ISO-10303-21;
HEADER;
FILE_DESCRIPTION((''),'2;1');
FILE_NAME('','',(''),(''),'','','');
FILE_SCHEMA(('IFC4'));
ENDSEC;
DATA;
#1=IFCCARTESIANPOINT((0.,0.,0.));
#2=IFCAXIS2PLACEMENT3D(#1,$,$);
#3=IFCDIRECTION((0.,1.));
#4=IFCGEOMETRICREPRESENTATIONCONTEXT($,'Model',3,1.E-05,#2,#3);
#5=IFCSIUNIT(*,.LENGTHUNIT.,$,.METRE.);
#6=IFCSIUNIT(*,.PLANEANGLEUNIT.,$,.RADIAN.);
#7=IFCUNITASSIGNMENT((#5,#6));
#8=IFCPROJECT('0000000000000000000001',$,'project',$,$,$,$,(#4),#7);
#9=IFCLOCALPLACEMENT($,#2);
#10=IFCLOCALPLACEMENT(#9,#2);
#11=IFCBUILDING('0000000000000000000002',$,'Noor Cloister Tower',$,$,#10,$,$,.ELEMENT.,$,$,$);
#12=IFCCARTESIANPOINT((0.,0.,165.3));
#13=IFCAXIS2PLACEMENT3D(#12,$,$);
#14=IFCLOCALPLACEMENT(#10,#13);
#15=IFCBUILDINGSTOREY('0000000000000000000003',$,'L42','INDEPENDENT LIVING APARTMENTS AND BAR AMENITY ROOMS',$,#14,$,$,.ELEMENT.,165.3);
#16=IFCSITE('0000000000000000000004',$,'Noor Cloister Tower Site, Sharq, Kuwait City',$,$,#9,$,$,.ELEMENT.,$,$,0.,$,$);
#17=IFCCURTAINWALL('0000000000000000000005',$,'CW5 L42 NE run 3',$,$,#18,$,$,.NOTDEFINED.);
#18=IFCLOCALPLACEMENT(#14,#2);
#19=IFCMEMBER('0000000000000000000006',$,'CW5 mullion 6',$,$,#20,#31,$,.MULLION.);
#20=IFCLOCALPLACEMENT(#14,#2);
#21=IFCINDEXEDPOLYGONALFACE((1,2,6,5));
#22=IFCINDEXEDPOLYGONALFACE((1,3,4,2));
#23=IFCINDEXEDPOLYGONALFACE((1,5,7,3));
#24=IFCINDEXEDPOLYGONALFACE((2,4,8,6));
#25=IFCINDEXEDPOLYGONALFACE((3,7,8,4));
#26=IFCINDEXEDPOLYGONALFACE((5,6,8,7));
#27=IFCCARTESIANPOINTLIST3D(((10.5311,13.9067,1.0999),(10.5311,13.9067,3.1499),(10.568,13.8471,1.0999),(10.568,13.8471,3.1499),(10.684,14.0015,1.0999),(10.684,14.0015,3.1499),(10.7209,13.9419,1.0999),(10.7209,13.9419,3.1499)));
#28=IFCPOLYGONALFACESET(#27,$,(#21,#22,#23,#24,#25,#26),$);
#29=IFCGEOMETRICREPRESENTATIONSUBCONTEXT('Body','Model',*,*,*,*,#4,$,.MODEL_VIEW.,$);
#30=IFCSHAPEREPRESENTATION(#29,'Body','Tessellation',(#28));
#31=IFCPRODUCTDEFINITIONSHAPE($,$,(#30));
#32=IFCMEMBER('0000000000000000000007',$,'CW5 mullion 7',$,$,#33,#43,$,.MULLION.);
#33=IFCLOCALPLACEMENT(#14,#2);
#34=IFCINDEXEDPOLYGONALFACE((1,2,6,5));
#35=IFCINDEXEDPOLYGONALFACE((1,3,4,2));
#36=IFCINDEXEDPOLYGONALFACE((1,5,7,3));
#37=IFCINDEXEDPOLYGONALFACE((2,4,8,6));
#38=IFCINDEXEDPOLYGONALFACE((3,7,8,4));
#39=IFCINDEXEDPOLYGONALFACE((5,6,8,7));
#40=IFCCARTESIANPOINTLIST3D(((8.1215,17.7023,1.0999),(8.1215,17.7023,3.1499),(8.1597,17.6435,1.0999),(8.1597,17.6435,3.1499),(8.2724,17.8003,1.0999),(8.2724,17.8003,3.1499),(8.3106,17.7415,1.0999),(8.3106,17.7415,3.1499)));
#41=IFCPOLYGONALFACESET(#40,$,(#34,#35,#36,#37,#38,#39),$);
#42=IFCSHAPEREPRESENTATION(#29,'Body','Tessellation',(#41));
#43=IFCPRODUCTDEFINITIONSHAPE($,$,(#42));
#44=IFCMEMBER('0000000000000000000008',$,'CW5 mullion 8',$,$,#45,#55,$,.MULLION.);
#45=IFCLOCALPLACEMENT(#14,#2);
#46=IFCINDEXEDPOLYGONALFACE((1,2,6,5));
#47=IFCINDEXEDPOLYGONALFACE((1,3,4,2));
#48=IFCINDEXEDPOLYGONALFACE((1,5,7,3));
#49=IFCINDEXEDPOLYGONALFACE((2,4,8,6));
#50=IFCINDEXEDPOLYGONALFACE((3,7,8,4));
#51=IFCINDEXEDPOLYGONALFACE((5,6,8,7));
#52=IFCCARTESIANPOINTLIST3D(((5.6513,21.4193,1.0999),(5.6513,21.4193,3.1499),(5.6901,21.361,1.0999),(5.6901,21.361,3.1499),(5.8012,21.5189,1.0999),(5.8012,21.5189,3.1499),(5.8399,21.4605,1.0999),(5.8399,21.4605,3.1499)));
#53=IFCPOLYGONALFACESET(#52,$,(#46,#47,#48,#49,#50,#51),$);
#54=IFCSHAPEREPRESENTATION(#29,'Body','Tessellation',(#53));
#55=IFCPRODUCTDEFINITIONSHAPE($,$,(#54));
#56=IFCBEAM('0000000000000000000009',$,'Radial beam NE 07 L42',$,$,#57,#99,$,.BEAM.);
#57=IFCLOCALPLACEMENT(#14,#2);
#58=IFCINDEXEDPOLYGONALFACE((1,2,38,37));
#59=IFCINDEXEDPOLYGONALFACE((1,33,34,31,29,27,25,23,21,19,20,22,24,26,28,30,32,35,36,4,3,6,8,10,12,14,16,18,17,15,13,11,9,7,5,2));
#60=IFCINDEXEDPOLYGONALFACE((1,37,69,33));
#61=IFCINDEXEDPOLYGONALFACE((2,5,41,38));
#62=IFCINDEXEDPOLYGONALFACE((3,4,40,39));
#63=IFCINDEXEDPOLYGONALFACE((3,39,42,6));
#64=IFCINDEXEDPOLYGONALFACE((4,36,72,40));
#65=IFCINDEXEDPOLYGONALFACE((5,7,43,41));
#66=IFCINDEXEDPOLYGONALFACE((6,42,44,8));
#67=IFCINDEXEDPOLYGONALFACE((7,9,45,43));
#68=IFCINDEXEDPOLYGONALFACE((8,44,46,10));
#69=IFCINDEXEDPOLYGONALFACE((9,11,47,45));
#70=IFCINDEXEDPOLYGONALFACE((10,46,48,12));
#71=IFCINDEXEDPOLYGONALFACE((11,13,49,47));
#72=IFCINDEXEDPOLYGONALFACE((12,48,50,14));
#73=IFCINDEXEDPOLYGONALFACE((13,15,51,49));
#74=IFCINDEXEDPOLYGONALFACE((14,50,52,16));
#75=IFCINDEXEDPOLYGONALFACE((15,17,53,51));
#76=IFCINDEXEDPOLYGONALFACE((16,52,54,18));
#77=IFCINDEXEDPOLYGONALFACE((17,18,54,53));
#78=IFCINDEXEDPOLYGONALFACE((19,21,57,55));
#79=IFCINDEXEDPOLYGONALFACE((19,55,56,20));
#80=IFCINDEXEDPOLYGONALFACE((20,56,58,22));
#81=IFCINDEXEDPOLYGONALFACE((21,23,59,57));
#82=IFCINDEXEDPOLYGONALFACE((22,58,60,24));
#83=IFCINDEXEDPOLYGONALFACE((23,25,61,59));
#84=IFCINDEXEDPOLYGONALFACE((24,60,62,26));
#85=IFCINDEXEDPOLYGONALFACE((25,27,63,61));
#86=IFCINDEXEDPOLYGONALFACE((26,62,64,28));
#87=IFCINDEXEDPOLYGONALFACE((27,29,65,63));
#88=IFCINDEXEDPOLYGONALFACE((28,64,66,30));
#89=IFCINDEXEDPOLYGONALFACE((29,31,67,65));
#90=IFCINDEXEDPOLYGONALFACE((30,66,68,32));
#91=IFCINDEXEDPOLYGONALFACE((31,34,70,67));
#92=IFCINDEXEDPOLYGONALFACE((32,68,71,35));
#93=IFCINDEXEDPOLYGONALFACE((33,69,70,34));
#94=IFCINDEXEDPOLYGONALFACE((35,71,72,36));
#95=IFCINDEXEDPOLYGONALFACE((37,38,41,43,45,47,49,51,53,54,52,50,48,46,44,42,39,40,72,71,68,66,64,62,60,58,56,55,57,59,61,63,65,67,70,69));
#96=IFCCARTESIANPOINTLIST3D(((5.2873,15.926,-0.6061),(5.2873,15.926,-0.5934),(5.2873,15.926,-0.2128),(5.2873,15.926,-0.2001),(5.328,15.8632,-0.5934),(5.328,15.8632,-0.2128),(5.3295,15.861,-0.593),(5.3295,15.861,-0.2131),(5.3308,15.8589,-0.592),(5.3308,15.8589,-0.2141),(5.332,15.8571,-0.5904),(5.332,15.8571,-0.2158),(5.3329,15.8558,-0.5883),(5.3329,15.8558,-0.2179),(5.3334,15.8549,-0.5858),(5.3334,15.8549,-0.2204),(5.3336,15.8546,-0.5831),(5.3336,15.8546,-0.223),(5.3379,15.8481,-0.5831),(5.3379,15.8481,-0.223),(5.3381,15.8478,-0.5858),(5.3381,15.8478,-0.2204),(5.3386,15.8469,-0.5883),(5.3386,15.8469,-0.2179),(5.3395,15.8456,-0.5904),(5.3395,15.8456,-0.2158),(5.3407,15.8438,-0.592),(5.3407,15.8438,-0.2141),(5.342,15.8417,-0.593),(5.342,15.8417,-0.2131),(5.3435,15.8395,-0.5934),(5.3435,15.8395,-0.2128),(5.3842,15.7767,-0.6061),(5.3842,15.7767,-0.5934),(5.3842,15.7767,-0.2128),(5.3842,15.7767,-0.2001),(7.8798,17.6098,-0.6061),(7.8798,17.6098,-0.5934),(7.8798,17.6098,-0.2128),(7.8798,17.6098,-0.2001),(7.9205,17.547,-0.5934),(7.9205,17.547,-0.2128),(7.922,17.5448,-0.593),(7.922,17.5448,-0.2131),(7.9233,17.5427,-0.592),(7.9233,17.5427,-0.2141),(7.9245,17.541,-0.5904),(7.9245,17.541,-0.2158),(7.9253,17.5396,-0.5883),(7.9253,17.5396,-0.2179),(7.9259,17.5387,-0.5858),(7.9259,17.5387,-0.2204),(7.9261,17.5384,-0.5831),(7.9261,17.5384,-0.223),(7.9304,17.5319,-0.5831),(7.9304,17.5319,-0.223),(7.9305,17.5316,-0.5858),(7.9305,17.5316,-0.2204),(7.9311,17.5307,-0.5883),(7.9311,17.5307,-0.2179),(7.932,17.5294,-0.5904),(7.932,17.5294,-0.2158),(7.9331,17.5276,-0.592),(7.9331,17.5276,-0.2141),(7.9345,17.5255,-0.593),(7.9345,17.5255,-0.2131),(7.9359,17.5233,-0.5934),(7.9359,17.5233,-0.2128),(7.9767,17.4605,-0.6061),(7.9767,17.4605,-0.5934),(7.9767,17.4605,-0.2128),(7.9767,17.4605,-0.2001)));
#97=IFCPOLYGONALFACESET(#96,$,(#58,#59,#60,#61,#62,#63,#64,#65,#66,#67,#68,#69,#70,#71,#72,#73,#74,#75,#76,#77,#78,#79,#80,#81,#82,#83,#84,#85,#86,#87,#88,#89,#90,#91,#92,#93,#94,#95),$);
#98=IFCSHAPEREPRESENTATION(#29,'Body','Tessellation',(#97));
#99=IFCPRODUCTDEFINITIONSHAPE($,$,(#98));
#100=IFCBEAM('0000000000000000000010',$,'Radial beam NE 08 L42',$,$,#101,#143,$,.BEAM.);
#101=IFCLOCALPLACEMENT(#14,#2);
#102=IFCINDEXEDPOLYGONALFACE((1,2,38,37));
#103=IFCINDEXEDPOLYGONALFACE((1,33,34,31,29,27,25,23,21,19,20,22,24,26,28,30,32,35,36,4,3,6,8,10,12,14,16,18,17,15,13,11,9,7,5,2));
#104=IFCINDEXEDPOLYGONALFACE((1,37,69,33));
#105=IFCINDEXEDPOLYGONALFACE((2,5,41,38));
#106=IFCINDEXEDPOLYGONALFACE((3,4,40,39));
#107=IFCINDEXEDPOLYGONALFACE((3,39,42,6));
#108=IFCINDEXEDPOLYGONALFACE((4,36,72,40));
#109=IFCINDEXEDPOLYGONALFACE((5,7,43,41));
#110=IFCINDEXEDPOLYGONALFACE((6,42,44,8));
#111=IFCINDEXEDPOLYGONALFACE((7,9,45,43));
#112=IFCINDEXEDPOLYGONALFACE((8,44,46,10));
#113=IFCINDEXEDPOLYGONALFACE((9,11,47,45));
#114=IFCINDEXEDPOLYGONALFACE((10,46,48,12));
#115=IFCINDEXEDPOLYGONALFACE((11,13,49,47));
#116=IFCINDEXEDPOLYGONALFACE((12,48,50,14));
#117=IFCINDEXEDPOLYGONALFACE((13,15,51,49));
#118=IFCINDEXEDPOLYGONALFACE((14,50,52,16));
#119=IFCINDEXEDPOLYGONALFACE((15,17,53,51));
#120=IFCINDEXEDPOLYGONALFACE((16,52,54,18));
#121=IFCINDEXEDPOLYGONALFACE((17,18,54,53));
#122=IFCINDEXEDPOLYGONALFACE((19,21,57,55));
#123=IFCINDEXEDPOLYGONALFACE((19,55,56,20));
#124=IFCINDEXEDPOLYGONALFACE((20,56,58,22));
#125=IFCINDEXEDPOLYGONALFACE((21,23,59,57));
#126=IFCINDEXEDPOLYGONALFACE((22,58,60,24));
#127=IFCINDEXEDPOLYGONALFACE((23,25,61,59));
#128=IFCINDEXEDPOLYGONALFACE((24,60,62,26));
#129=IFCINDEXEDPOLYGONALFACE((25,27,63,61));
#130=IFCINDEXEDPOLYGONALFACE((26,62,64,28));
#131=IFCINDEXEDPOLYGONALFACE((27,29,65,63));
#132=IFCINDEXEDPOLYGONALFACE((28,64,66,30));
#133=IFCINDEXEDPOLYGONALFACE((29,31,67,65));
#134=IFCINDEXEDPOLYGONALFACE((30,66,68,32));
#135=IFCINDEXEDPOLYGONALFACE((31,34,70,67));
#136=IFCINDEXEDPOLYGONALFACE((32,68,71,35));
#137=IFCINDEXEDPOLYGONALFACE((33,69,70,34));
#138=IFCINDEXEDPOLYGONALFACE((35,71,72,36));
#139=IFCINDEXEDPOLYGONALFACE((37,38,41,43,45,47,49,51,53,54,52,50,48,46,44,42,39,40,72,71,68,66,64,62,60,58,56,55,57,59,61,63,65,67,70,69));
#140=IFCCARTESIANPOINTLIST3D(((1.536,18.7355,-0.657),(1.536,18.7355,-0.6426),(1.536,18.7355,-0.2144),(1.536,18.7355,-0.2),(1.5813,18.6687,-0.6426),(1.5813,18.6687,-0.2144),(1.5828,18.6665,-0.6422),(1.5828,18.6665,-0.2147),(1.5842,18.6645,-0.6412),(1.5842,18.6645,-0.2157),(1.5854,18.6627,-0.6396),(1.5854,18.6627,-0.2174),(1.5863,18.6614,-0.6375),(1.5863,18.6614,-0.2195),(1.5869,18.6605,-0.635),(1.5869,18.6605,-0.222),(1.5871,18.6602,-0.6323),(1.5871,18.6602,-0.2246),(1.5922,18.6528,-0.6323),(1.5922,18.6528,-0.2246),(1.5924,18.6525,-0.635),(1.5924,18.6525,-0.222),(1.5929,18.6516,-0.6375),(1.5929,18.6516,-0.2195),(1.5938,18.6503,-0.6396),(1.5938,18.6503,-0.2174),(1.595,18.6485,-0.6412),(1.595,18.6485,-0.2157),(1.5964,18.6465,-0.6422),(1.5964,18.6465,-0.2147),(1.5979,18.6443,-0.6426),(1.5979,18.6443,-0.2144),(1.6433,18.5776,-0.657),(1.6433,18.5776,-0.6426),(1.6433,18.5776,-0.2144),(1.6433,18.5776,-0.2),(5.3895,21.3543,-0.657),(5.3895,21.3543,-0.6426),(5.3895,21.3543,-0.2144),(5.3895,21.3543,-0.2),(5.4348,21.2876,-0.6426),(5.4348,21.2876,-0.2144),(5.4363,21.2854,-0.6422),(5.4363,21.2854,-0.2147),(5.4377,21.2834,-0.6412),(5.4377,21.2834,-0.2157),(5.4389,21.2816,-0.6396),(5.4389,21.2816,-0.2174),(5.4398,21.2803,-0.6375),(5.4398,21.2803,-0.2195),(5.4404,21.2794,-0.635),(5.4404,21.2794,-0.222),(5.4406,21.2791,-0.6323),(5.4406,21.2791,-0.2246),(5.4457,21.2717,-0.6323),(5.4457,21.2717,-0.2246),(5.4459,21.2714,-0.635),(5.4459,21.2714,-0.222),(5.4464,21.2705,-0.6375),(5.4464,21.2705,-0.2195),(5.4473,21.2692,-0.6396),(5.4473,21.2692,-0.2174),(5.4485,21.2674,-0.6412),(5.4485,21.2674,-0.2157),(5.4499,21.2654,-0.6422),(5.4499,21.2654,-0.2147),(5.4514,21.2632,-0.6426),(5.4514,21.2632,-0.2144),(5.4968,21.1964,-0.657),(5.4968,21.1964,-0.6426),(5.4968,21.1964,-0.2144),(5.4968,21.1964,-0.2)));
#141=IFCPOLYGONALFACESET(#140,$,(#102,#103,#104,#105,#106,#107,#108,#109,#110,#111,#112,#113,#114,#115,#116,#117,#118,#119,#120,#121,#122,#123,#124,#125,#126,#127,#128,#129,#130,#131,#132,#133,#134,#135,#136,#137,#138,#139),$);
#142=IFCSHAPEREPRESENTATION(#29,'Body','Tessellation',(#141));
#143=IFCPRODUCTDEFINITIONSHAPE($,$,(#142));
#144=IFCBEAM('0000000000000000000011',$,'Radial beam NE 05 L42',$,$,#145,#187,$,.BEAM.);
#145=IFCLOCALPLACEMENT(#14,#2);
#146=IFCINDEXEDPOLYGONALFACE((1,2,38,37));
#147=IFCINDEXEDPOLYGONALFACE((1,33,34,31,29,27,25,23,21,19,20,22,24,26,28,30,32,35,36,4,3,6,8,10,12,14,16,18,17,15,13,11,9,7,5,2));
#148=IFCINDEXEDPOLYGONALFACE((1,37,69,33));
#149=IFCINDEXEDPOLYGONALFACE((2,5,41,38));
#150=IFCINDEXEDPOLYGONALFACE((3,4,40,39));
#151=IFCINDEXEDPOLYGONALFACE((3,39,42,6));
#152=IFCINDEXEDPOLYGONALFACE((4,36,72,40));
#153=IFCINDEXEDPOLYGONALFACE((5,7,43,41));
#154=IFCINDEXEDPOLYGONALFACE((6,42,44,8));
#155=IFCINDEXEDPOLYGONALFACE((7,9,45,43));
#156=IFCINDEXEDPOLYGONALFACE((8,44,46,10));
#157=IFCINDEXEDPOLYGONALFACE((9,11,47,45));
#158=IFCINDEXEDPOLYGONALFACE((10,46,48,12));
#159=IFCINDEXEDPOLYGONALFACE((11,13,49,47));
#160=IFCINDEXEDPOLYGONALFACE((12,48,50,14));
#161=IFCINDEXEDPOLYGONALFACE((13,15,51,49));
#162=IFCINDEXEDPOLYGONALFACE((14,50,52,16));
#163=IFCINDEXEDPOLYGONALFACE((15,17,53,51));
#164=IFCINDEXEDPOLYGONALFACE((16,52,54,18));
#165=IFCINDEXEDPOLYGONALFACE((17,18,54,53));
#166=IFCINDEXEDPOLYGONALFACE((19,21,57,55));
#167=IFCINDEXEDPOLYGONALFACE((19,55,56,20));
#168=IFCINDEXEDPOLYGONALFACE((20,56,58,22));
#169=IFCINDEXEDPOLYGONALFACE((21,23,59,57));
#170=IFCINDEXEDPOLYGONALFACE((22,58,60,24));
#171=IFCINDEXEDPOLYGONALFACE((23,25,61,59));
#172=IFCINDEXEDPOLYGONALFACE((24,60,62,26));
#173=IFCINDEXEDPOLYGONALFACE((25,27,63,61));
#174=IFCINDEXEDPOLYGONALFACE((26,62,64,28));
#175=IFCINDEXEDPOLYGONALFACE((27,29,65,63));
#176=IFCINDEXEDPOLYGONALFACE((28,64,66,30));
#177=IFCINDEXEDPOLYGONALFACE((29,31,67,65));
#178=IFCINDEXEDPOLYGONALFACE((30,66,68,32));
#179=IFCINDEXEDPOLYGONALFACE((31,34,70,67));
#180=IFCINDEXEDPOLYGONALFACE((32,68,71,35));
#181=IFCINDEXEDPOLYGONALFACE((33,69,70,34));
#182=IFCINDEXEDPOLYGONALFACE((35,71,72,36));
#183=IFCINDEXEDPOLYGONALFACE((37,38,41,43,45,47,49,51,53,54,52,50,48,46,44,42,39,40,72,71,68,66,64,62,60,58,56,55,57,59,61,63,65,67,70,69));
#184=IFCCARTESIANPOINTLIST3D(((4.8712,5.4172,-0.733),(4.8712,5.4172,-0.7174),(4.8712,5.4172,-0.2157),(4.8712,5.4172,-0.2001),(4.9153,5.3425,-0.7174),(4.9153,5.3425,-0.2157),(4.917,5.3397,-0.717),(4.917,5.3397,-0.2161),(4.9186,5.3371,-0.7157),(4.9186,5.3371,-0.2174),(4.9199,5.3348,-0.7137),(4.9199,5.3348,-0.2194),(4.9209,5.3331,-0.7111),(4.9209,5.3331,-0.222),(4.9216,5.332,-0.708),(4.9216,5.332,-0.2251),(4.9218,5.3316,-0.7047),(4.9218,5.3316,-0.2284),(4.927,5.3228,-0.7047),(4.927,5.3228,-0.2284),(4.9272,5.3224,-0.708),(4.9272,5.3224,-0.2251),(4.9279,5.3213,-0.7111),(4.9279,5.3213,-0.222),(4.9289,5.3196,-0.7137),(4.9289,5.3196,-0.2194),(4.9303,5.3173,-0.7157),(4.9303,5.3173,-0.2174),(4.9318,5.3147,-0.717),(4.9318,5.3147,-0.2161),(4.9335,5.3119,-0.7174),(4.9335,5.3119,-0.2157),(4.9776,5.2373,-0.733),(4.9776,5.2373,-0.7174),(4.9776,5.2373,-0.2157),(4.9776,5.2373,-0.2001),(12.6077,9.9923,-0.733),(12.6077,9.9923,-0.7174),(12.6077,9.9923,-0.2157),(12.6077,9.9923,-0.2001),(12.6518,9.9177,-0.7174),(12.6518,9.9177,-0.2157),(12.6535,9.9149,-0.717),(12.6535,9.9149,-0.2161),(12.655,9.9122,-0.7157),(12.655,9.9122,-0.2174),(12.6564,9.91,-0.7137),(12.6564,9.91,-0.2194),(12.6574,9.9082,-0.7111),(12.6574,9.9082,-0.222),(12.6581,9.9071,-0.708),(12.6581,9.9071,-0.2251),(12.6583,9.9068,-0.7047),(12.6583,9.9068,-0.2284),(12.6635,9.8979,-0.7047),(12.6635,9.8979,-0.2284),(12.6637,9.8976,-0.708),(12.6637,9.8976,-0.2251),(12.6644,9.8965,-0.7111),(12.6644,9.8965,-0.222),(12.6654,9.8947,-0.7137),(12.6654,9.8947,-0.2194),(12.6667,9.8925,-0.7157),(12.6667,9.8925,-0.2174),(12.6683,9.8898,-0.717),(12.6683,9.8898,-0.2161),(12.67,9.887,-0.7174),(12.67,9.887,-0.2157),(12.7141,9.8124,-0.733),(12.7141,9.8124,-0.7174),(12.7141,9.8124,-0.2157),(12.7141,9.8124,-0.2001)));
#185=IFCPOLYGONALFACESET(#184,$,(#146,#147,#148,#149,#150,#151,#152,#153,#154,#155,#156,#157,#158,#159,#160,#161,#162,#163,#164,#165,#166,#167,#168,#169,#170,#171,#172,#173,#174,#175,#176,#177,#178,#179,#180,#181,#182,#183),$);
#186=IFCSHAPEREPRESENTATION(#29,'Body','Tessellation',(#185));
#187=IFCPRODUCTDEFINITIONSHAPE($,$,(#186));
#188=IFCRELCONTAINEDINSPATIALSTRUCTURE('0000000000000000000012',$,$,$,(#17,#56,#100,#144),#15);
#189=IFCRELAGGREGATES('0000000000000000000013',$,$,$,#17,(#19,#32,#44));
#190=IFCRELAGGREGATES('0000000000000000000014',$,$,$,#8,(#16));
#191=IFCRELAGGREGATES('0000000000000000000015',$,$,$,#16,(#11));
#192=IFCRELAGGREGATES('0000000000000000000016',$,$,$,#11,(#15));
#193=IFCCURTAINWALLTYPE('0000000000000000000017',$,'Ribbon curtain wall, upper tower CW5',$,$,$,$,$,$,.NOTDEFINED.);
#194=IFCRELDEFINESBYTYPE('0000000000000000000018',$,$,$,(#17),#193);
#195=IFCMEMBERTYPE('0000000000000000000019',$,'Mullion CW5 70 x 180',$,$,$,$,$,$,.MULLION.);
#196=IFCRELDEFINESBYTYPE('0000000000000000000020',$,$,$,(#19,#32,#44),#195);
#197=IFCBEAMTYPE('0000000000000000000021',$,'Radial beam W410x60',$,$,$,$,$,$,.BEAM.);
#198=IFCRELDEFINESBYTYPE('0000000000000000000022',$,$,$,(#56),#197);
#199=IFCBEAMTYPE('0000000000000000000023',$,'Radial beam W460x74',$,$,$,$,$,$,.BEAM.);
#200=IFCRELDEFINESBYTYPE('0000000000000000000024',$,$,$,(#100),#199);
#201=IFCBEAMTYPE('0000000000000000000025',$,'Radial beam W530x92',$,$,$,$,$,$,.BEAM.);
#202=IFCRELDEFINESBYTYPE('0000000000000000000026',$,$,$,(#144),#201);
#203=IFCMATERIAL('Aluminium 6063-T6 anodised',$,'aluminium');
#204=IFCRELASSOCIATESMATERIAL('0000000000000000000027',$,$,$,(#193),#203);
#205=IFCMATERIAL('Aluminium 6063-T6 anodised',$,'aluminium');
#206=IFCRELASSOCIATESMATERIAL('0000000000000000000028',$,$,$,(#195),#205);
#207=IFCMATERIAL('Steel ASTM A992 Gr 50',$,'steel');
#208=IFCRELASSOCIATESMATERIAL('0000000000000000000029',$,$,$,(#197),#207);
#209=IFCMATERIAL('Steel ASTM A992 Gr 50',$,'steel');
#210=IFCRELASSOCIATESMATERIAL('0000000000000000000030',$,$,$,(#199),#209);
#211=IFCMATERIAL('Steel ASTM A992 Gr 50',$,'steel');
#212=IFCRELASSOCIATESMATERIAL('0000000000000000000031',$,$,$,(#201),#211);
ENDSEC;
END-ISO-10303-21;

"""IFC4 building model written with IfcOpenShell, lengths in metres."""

from ifc_helpers import new_model, si_unit, direction, frame, origin, origin_2d, place, context, subcontext, project, spatial, rectangle, i_section, extrude, material, material_profile, profile_set, type_object, element, aggregate, save


model = new_model("IFC4")

# Units and contexts
model_context = context("Model", 3, precision=1e-05, world=origin(), true_north=direction((0.0, 1.0)))
body_context = subcontext(model_context, "Body", "Model", "MODEL_VIEW")
ifc_project = project(units=[si_unit("LENGTHUNIT", "METRE"), si_unit("PLANEANGLEUNIT", "RADIAN")], contexts=[model_context])

# Site, building, storey
site_placement = place(None, origin())
site = spatial("IfcSite", under=ifc_project, at=site_placement, Name="Noor Cloister Tower Site, Sharq, Kuwait City", CompositionType="ELEMENT", RefElevation=0.0)
building_placement = place(site_placement, origin())
building = spatial("IfcBuilding", under=site, at=building_placement, Name="Noor Cloister Tower", CompositionType="ELEMENT")
storey_placement = place(building_placement, frame((0.0, 0.0, 165.3)))
storey = spatial("IfcBuildingStorey", under=building, at=storey_placement, Name="L42", Description="INDEPENDENT LIVING APARTMENTS AND BAR AMENITY ROOMS", CompositionType="ELEMENT", Elevation=165.3)

# Curtain wall, members
ifc_material_1 = material(Name="Aluminium 6063-T6 anodised", Category="aluminium")
curtain_wall_type = type_object("IfcCurtainWallType", Name="Ribbon curtain wall, upper tower CW5", PredefinedType="NOTDEFINED", material=ifc_material_1)
curtain_wall_placement = place(storey_placement, origin())
curtain_wall = element("IfcCurtainWall", 1, at=curtain_wall_placement, inside=storey, type_object=curtain_wall_type, Name="CW5 L42 NE run 3", PredefinedType="NOTDEFINED")
ifc_material_2 = material(Name="Aluminium 6063-T6 anodised", Category="aluminium")
ifc_material_profile_1 = material_profile(ifc_material_2, rectangle(XDim=0.1799, YDim=0.0701, at=origin_2d()), Name="180 x 70 mullion")
ifc_profile_set_1 = profile_set([ifc_material_profile_1], Name="Aluminium 6063-T6 anodised")
member_type = type_object("IfcMemberType", Name="Mullion CW5 70 x 180", PredefinedType="MULLION", material=ifc_profile_set_1)
member_1_placement = place(storey_placement, frame((10.626, 13.9243, 1.0999), z_axis=(0.0, 0.0, 1.0), x_axis=(-0.849891, -0.526959, 0.0)))
member_1 = element("IfcMember", 2, at=member_1_placement, type_object=member_type, Name="CW5 mullion 6", PredefinedType="MULLION", context=body_context, shape_type="SweptSolid", body=[
    extrude(rectangle(XDim=0.1799, YDim=0.0701, at=origin_2d()), origin(), (0.0, 0.0, 1.0), 2.05),
])
member_2_placement = place(storey_placement, frame((8.2161, 17.7219, 1.0999), z_axis=(0.0, 0.0, 1.0), x_axis=(-0.838667, -0.544644, 0.0)))
member_2 = element("IfcMember", 3, at=member_2_placement, type_object=member_type, Name="CW5 mullion 7", PredefinedType="MULLION", context=body_context, shape_type="SweptSolid", body=[
    extrude(rectangle(XDim=0.1799, YDim=0.0701, at=origin_2d()), origin(), (0.0, 0.0, 1.0), 2.05),
])
member_3_placement = place(storey_placement, frame((5.7456, 21.4399, 1.0999), z_axis=(0.0, 0.0, 1.0), x_axis=(-0.832917, -0.553398, 0.0)))
member_3 = element("IfcMember", 4, at=member_3_placement, type_object=member_type, Name="CW5 mullion 8", PredefinedType="MULLION", context=body_context, shape_type="SweptSolid", body=[
    extrude(rectangle(XDim=0.1799, YDim=0.0701, at=origin_2d()), origin(), (0.0, 0.0, 1.0), 2.05),
])

# Beams
ifc_material_3 = material(Name="Steel ASTM A992 Gr 50", Category="steel")
ifc_material_profile_2 = material_profile(ifc_material_3, i_section(OverallWidth=0.178, OverallDepth=0.406, WebThickness=0.0078, FlangeThickness=0.0127, FilletRadius=0.0103, at=origin_2d()), Name="W410x60")
ifc_profile_set_2 = profile_set([ifc_material_profile_2], Name="Steel ASTM A992 Gr 50")
beam_type_1 = type_object("IfcBeamType", Name="Radial beam W410x60", PredefinedType="BEAM", material=ifc_profile_set_2)
beam_1_placement = place(storey_placement, frame((7.9282, 17.5352, -0.4031), z_axis=(-0.838637, -0.544691, 0.0), x_axis=(0.544691, -0.838637, 0.0)))
element("IfcBeam", 5, at=beam_1_placement, inside=storey, type_object=beam_type_1, Name="Radial beam NE 07 L42", PredefinedType="BEAM", context=body_context, shape_type="SweptSolid", body=[
    extrude(i_section(OverallWidth=0.178, OverallDepth=0.406, WebThickness=0.0078, FlangeThickness=0.0127, FilletRadius=0.0103, at=origin_2d()), origin(), (0.0, 0.0, 1.0), 3.0913),
])
ifc_material_4 = material(Name="Steel ASTM A992 Gr 50", Category="steel")
ifc_material_profile_3 = material_profile(ifc_material_4, i_section(OverallWidth=0.1909, OverallDepth=0.457, WebThickness=0.009, FlangeThickness=0.0144, FilletRadius=0.0103, at=origin_2d()), Name="W460x74")
ifc_profile_set_3 = profile_set([ifc_material_profile_3], Name="Steel ASTM A992 Gr 50")
beam_type_2 = type_object("IfcBeamType", Name="Radial beam W460x74", PredefinedType="BEAM", material=ifc_profile_set_3)
beam_2_placement = place(storey_placement, frame((5.4431, 21.2754, -0.4285), z_axis=(-0.827076, -0.562091, 0.0), x_axis=(0.562091, -0.827076, 0.0)))
element("IfcBeam", 6, at=beam_2_placement, inside=storey, type_object=beam_type_2, Name="Radial beam NE 08 L42", PredefinedType="BEAM", context=body_context, shape_type="SweptSolid", body=[
    extrude(i_section(OverallWidth=0.1909, OverallDepth=0.457, WebThickness=0.009, FlangeThickness=0.0144, FilletRadius=0.0103, at=origin_2d()), origin(), (0.0, 0.0, 1.0), 4.6592),
])
ifc_material_5 = material(Name="Steel ASTM A992 Gr 50", Category="steel")
ifc_material_profile_4 = material_profile(ifc_material_5, i_section(OverallWidth=0.209, OverallDepth=0.533, WebThickness=0.0103, FlangeThickness=0.0156, FilletRadius=0.0127, at=origin_2d()), Name="W530x92")
ifc_profile_set_4 = profile_set([ifc_material_profile_4], Name="Steel ASTM A992 Gr 50")
beam_type_3 = type_object("IfcBeamType", Name="Radial beam W530x92", PredefinedType="BEAM", material=ifc_profile_set_4)
beam_3_placement = place(storey_placement, frame((12.6609, 9.9023, -0.4666), z_axis=(-0.860752, -0.509025, 0.0), x_axis=(0.509025, -0.860752, 0.0)))
element("IfcBeam", 7, at=beam_3_placement, inside=storey, type_object=beam_type_3, Name="Radial beam NE 05 L42", PredefinedType="BEAM", context=body_context, shape_type="SweptSolid", body=[
    extrude(i_section(OverallWidth=0.209, OverallDepth=0.533, WebThickness=0.0103, FlangeThickness=0.0156, FilletRadius=0.0127, at=origin_2d()), origin(), (0.0, 0.0, 1.0), 8.988),
])

aggregate(curtain_wall, [member_1, member_2, member_3])

save(model, "model.ifc")
